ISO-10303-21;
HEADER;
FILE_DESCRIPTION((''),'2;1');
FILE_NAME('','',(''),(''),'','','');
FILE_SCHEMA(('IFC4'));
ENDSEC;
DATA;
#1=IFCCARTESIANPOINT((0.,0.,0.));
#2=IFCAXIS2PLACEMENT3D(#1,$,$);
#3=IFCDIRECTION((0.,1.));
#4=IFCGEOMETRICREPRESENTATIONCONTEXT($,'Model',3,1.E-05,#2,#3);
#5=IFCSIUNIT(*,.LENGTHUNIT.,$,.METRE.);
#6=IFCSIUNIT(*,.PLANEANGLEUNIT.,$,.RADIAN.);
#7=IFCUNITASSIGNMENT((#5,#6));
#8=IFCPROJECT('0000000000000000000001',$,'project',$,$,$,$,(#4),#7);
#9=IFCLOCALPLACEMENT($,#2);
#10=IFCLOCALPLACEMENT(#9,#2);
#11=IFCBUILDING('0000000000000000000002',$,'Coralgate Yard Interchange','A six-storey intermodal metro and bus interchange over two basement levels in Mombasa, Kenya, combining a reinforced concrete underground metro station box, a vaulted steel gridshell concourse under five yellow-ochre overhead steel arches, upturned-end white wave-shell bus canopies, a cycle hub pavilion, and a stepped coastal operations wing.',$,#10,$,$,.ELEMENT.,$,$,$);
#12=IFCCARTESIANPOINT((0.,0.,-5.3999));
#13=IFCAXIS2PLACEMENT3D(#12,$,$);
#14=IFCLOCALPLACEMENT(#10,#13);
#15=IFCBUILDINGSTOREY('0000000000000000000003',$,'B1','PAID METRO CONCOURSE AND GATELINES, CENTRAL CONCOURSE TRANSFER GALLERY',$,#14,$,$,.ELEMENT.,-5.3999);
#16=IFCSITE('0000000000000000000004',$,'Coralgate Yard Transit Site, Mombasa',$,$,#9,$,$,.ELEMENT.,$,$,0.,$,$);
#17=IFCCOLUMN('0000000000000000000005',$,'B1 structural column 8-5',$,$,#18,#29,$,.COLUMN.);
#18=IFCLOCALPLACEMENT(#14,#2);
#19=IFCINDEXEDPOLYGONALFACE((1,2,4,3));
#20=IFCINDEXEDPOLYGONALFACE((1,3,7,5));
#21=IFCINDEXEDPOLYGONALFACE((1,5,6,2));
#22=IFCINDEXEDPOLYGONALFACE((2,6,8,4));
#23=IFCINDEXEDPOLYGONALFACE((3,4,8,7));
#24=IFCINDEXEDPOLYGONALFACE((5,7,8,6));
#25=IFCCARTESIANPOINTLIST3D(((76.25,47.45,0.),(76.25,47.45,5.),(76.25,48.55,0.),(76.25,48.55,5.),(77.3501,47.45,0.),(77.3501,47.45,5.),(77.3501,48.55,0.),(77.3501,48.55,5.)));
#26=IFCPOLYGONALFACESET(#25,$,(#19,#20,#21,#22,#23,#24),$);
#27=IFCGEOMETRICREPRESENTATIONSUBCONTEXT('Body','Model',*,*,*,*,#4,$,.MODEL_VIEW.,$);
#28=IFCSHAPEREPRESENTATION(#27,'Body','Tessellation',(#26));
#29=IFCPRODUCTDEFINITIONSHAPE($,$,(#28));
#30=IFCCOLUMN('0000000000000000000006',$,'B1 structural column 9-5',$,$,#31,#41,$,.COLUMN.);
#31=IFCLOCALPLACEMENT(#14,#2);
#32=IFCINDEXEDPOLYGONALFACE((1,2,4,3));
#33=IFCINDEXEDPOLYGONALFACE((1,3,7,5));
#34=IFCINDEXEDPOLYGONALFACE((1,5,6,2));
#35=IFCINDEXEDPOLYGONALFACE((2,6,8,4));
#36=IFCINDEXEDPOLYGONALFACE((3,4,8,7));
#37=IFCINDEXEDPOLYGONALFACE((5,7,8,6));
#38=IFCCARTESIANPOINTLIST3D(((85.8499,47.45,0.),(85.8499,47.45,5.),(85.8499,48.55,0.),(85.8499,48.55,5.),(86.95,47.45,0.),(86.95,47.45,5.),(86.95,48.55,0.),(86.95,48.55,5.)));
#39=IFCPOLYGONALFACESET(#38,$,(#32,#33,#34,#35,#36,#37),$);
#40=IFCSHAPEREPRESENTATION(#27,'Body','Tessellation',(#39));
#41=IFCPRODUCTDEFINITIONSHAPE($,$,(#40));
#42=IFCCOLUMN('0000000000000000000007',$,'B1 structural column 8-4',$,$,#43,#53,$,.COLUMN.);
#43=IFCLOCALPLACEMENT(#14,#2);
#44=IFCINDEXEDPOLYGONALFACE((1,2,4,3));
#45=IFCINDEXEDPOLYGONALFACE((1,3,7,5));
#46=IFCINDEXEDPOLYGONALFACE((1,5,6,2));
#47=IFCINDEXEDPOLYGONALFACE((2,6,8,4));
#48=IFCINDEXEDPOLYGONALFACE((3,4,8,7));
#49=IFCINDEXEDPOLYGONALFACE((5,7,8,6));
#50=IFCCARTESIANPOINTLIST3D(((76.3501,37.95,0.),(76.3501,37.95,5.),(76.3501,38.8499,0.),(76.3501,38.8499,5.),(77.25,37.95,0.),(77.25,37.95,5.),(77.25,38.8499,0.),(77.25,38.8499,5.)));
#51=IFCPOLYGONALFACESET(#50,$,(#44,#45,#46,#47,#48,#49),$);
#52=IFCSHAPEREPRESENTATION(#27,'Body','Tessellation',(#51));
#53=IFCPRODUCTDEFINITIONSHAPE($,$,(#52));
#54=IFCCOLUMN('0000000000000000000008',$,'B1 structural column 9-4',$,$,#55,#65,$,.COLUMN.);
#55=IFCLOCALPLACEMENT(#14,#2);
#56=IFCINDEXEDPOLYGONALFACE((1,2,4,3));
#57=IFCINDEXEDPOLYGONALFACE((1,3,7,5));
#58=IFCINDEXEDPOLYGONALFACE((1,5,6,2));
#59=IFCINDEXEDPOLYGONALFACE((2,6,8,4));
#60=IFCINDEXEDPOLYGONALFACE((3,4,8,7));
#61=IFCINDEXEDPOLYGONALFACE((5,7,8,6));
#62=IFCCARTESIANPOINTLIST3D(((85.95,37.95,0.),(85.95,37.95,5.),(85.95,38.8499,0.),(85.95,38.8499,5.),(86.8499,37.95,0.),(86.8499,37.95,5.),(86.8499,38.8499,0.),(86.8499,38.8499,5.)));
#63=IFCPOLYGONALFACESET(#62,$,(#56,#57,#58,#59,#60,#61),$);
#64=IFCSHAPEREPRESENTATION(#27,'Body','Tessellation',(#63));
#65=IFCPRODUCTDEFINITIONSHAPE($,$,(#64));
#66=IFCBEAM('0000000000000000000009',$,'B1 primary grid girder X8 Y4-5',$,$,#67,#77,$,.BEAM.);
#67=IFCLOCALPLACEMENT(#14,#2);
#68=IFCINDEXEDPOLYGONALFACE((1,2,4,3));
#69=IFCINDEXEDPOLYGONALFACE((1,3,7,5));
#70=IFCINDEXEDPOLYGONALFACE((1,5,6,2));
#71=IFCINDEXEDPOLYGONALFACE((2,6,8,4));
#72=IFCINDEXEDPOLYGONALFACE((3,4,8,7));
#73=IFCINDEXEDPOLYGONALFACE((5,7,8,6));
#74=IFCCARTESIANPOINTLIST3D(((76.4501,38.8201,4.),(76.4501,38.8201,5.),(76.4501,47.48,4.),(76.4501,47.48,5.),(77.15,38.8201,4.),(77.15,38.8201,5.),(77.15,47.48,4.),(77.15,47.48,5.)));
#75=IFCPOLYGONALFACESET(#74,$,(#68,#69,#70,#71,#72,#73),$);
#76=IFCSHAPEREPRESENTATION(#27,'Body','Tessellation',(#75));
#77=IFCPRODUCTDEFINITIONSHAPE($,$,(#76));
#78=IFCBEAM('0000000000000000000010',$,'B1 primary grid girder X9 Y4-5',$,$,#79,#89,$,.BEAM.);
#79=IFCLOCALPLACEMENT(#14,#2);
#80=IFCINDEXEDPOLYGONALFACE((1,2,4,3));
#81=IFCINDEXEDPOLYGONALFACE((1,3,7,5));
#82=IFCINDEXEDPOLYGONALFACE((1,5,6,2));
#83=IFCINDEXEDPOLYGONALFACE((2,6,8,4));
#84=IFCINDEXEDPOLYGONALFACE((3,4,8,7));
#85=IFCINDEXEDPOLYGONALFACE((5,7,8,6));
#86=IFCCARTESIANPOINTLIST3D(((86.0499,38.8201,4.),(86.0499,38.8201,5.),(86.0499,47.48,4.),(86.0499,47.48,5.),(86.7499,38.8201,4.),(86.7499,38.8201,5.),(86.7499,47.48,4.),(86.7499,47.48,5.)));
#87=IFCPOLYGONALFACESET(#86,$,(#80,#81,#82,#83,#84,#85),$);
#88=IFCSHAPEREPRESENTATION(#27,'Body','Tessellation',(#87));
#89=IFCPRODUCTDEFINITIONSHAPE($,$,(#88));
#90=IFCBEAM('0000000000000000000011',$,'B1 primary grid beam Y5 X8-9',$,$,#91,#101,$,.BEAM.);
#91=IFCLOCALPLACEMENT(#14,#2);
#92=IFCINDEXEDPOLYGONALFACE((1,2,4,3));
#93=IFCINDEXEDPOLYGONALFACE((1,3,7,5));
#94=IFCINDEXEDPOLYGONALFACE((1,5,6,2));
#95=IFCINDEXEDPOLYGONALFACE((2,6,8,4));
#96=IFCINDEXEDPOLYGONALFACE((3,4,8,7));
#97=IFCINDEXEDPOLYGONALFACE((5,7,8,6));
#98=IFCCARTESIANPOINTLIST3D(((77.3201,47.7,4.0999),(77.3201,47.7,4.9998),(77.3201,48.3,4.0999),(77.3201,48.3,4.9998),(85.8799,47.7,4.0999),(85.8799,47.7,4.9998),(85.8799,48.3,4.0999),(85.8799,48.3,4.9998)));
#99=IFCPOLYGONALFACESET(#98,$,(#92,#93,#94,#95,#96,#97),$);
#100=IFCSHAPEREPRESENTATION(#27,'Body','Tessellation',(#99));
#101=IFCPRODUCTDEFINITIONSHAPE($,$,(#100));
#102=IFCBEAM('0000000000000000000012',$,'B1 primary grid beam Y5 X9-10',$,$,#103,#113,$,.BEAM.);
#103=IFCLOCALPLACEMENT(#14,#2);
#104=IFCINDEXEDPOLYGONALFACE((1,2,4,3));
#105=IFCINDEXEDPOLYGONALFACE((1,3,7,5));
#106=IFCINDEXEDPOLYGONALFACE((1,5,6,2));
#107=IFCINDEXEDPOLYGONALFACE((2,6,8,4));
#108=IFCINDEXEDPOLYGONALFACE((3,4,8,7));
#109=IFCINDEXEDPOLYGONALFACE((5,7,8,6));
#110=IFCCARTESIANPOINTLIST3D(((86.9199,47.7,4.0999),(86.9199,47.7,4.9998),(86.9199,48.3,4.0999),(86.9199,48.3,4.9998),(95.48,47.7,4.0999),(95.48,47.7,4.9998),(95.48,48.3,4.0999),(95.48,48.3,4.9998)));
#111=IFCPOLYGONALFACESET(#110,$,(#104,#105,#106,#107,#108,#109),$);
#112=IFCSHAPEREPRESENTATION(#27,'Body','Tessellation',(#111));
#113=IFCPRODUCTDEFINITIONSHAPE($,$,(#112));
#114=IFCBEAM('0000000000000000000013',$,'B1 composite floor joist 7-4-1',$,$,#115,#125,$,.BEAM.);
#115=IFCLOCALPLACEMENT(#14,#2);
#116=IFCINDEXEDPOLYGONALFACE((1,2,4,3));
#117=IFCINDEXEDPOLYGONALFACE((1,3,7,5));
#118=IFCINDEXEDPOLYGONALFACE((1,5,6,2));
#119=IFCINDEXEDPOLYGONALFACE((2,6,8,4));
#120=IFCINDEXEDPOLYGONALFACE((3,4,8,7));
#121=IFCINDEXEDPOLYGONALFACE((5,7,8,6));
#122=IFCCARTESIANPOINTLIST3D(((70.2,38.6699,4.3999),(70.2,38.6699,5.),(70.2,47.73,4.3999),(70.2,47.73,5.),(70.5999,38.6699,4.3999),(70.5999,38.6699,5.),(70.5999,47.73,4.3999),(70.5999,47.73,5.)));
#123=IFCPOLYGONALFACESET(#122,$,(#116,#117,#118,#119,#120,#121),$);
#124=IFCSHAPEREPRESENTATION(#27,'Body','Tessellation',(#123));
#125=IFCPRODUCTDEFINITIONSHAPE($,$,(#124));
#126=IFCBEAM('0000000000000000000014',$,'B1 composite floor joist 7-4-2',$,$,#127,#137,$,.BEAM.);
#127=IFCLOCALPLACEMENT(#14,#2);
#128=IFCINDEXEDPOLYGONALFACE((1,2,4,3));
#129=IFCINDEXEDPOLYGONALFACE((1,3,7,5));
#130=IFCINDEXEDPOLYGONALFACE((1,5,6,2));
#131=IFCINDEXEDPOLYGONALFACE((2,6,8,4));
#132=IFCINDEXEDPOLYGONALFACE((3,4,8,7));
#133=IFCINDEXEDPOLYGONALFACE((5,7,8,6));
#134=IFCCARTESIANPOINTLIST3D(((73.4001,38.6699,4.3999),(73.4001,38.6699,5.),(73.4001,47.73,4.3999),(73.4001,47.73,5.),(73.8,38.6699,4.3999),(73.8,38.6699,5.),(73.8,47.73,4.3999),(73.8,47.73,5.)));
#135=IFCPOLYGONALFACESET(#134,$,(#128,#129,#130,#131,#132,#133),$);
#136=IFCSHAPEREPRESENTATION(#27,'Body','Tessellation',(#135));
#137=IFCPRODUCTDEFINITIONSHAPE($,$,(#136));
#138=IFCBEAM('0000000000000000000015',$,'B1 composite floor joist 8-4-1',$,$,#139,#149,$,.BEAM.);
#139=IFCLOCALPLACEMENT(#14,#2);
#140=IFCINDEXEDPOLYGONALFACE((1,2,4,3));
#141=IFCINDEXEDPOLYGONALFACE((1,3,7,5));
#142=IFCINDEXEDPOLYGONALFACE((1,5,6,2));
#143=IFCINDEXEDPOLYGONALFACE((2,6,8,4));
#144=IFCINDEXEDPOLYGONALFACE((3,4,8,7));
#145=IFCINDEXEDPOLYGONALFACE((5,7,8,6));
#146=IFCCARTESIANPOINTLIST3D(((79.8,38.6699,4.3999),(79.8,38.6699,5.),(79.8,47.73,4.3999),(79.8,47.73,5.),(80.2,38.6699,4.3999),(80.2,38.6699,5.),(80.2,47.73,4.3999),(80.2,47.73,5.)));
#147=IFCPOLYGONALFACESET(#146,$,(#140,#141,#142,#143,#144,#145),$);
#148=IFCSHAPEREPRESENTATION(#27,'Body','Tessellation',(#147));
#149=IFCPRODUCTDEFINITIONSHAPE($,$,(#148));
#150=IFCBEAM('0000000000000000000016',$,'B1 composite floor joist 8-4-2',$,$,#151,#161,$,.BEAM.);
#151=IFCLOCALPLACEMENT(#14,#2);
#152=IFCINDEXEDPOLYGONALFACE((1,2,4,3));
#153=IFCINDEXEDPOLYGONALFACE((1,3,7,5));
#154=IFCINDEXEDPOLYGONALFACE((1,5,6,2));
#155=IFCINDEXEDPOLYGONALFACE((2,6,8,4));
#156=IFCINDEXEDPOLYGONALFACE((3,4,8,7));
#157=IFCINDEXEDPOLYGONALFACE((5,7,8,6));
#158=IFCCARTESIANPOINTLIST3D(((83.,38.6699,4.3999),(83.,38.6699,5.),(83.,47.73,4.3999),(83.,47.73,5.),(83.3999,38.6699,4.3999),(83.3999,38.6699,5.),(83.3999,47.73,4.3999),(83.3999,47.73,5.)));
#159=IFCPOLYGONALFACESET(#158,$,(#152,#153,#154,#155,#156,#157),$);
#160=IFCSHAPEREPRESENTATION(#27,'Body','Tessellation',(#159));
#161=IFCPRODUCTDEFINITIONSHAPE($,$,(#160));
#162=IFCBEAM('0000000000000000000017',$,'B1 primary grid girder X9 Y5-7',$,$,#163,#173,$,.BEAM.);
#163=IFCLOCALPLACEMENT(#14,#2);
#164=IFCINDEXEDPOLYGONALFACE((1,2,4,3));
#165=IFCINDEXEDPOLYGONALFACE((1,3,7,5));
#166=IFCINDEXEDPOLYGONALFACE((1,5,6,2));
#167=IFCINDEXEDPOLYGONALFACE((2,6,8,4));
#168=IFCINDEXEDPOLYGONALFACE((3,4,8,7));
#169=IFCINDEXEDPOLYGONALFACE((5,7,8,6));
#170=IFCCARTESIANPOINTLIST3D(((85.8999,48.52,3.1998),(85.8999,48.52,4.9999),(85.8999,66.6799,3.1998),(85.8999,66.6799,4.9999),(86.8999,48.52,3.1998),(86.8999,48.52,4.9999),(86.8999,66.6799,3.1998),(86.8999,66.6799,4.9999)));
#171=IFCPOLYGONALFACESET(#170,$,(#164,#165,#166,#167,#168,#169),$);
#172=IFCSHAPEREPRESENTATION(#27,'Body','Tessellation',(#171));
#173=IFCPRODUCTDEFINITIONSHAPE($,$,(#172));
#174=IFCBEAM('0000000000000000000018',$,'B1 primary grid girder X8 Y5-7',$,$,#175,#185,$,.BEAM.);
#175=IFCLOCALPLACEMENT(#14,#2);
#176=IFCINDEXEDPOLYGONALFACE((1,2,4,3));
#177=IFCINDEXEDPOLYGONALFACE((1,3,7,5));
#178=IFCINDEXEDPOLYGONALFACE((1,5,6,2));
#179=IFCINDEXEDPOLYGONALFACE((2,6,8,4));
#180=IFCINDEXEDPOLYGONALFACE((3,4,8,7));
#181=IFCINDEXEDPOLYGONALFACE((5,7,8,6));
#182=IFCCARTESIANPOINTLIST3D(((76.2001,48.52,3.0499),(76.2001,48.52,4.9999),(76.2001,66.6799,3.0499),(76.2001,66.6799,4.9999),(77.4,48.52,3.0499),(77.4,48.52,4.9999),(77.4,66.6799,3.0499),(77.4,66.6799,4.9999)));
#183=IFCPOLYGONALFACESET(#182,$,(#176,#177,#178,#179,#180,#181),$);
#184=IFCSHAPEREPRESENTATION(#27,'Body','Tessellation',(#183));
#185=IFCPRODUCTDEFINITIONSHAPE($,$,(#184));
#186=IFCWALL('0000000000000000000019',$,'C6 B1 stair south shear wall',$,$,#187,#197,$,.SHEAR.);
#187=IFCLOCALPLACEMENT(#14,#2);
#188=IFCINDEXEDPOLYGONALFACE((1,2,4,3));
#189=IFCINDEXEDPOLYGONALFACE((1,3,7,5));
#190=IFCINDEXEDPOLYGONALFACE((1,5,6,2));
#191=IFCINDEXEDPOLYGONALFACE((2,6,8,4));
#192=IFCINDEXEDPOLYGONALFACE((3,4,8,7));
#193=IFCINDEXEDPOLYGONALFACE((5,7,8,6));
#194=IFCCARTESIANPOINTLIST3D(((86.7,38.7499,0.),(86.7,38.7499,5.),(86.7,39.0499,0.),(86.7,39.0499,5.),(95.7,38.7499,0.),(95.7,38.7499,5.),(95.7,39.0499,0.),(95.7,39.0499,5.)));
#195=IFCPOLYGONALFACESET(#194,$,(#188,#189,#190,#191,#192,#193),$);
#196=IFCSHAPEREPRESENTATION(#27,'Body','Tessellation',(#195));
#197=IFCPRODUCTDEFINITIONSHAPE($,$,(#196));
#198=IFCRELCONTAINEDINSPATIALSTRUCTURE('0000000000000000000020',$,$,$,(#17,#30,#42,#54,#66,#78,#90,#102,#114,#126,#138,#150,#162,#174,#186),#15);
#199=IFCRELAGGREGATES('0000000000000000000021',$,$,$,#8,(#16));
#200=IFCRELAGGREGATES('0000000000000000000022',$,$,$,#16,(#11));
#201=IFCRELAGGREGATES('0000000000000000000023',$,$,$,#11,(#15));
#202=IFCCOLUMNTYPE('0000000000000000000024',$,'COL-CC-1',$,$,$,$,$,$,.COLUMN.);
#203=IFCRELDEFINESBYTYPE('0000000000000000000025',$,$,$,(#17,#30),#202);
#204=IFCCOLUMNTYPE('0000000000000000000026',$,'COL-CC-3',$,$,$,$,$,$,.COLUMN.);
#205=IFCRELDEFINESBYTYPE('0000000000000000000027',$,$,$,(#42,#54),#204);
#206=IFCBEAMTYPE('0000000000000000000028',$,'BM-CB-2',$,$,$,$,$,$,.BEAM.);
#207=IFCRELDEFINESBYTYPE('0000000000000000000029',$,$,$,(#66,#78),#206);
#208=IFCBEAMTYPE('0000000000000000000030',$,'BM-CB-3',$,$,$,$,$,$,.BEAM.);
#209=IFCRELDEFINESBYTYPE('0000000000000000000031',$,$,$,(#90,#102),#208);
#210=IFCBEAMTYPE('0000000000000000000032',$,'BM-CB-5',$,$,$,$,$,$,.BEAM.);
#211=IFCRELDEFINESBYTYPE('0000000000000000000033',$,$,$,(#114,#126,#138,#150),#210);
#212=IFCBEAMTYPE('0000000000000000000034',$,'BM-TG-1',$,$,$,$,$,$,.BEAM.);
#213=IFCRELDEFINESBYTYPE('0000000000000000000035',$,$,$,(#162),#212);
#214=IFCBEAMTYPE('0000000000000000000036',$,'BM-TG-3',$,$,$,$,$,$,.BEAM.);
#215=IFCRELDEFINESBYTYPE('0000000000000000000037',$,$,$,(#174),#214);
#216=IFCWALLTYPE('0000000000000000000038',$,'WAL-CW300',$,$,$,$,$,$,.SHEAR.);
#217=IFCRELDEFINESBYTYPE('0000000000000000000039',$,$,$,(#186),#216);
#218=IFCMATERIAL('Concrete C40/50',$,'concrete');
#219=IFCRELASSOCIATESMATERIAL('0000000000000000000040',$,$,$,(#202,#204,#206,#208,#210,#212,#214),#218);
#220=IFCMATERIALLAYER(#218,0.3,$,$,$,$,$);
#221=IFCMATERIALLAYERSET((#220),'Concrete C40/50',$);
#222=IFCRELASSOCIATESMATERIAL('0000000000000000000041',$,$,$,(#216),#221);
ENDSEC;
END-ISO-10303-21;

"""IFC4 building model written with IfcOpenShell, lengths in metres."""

from ifc_helpers import new_model, si_unit, direction, frame, frame_2d, origin, origin_2d, place, context, subcontext, project, spatial, rectangle, extrude, material, layer, layer_set, material_profile, profile_set, type_object, element, save


model = new_model("IFC4")

# Units and contexts
model_context = context("Model", 3, precision=1e-05, world=origin(), true_north=direction((0.0, 1.0)))
body_context = subcontext(model_context, "Body", "Model", "MODEL_VIEW")
ifc_project = project(units=[si_unit("LENGTHUNIT", "METRE"), si_unit("PLANEANGLEUNIT", "RADIAN")], contexts=[model_context])

# Site, building, storey
site_placement = place(None, origin())
site = spatial("IfcSite", under=ifc_project, at=site_placement, Name="Coralgate Yard Transit Site, Mombasa", CompositionType="ELEMENT", RefElevation=0.0)
building_placement = place(site_placement, origin())
building = spatial("IfcBuilding", under=site, at=building_placement, Name="Coralgate Yard Interchange", Description="A six-storey intermodal metro and bus interchange over two basement levels in Mombasa, Kenya, combining a reinforced concrete underground metro station box, a vaulted steel gridshell concourse under five yellow-ochre overhead steel arches, upturned-end white wave-shell bus canopies, a cycle hub pavilion, and a stepped coastal operations wing.", CompositionType="ELEMENT")
storey_placement = place(building_placement, frame((0.0, 0.0, -5.3999)))
storey = spatial("IfcBuildingStorey", under=building, at=storey_placement, Name="B1", Description="PAID METRO CONCOURSE AND GATELINES, CENTRAL CONCOURSE TRANSFER GALLERY", CompositionType="ELEMENT", Elevation=-5.3999)

# Columns
ifc_material_1 = material(Name="Concrete C40/50", Category="concrete")
ifc_material_profile_1 = material_profile(ifc_material_1, rectangle(XDim=1.1001, YDim=1.1001, at=origin_2d()), Name="RC 1100x1100")
ifc_profile_set_1 = profile_set([ifc_material_profile_1], Name="Concrete C40/50")
column_type_1 = type_object("IfcColumnType", Name="COL-CC-1", PredefinedType="COLUMN", material=ifc_profile_set_1)
for number, where, z_axis, x_axis, name in (
    (1, (76.8, 48.0, 0.0), (0.0, 0.0, 1.0), (1.0, 0.0, 0.0), "B1 structural column 8-5"),
    (2, (86.3999, 48.0, 0.0), (0.0, 0.0, 1.0), (1.0, 0.0, 0.0), "B1 structural column 9-5"),
):
    element("IfcColumn", number, at=place(storey_placement, frame(where, z_axis=z_axis, x_axis=x_axis)), inside=storey, type_object=column_type_1, Name=name, PredefinedType="COLUMN", context=body_context, shape_type="SweptSolid", body=[
        extrude(rectangle(XDim=1.1001, YDim=1.1001, at=origin_2d()), origin(), (0.0, 0.0, 1.0), 5.0),
    ])
ifc_material_profile_2 = material_profile(ifc_material_1, rectangle(XDim=0.8999, YDim=0.8999, at=origin_2d()), Name="RC 900x900")
ifc_profile_set_2 = profile_set([ifc_material_profile_2], Name="Concrete C40/50")
column_type_2 = type_object("IfcColumnType", Name="COL-CC-3", PredefinedType="COLUMN", material=ifc_profile_set_2)
for number, where, z_axis, x_axis, name in (
    (3, (76.8, 38.3999, 0.0), (0.0, 0.0, 1.0), (1.0, 0.0, 0.0), "B1 structural column 8-4"),
    (4, (86.3999, 38.3999, 0.0), (0.0, 0.0, 1.0), (1.0, 0.0, 0.0), "B1 structural column 9-4"),
):
    element("IfcColumn", number, at=place(storey_placement, frame(where, z_axis=z_axis, x_axis=x_axis)), inside=storey, type_object=column_type_2, Name=name, PredefinedType="COLUMN", context=body_context, shape_type="SweptSolid", body=[
        extrude(rectangle(XDim=0.8999, YDim=0.8999, at=origin_2d()), origin(), (0.0, 0.0, 1.0), 5.0),
    ])

# Beams
ifc_material_profile_3 = material_profile(ifc_material_1, rectangle(XDim=0.7, YDim=1.0, at=origin_2d()), Name="RC 700x1000")
ifc_profile_set_3 = profile_set([ifc_material_profile_3], Name="Concrete C40/50")
beam_type_1 = type_object("IfcBeamType", Name="BM-CB-2", PredefinedType="BEAM", material=ifc_profile_set_3)
for number, where, z_axis, x_axis, name in (
    (5, (76.8, 38.8201, 4.5), (0.0, 1.0, 0.0), (-1.0, 0.0, 0.0), "B1 primary grid girder X8 Y4-5"),
    (6, (86.3999, 38.8201, 4.5), (0.0, 1.0, 0.0), (-1.0, 0.0, 0.0), "B1 primary grid girder X9 Y4-5"),
):
    element("IfcBeam", number, at=place(storey_placement, frame(where, z_axis=z_axis, x_axis=x_axis)), inside=storey, type_object=beam_type_1, Name=name, PredefinedType="BEAM", context=body_context, shape_type="SweptSolid", body=[
        extrude(rectangle(XDim=0.7, YDim=1.0, at=origin_2d()), origin(), (0.0, 0.0, 1.0), 8.6599),
    ])
ifc_material_profile_4 = material_profile(ifc_material_1, rectangle(XDim=0.6001, YDim=0.8999, at=origin_2d()), Name="RC 600x900")
ifc_profile_set_4 = profile_set([ifc_material_profile_4], Name="Concrete C40/50")
beam_type_2 = type_object("IfcBeamType", Name="BM-CB-3", PredefinedType="BEAM", material=ifc_profile_set_4)
beam_1_placement = place(storey_placement, frame((77.3201, 48.0, 4.5498), z_axis=(1.0, 0.0, 0.0), x_axis=(0.0, 1.0, 0.0)))
element("IfcBeam", 7, at=beam_1_placement, inside=storey, type_object=beam_type_2, Name="B1 primary grid beam Y5 X8-9", PredefinedType="BEAM", context=body_context, shape_type="SweptSolid", body=[
    extrude(rectangle(XDim=0.6001, YDim=0.8999, at=origin_2d()), origin(), (0.0, 0.0, 1.0), 8.5598),
])
beam_2_placement = place(storey_placement, frame((86.9199, 48.0, 4.5498), z_axis=(1.0, 0.0, 0.0), x_axis=(0.0, 1.0, 0.0)))
element("IfcBeam", 8, at=beam_2_placement, inside=storey, type_object=beam_type_2, Name="B1 primary grid beam Y5 X9-10", PredefinedType="BEAM", context=body_context, shape_type="SweptSolid", body=[
    extrude(rectangle(XDim=0.6001, YDim=0.8999, at=origin_2d()), origin(), (0.0, 0.0, 1.0), 8.5601),
])
ifc_material_profile_5 = material_profile(ifc_material_1, rectangle(XDim=0.3999, YDim=0.6001, at=origin_2d()), Name="RC 400x600")
ifc_profile_set_5 = profile_set([ifc_material_profile_5], Name="Concrete C40/50")
beam_type_3 = type_object("IfcBeamType", Name="BM-CB-5", PredefinedType="BEAM", material=ifc_profile_set_5)
for number, where, z_axis, x_axis, name in (
    (9, (70.3999, 38.6699, 4.7), (0.0, 1.0, 0.0), (-1.0, 0.0, 0.0), "B1 composite floor joist 7-4-1"),
    (10, (73.6001, 38.6699, 4.7), (0.0, 1.0, 0.0), (-1.0, 0.0, 0.0), "B1 composite floor joist 7-4-2"),
    (11, (80.0, 38.6699, 4.7), (0.0, 1.0, 0.0), (-1.0, 0.0, 0.0), "B1 composite floor joist 8-4-1"),
    (12, (83.2, 38.6699, 4.7), (0.0, 1.0, 0.0), (-1.0, 0.0, 0.0), "B1 composite floor joist 8-4-2"),
):
    element("IfcBeam", number, at=place(storey_placement, frame(where, z_axis=z_axis, x_axis=x_axis)), inside=storey, type_object=beam_type_3, Name=name, PredefinedType="BEAM", context=body_context, shape_type="SweptSolid", body=[
        extrude(rectangle(XDim=0.3999, YDim=0.6001, at=origin_2d()), origin(), (0.0, 0.0, 1.0), 9.0601),
    ])
ifc_material_profile_6 = material_profile(ifc_material_1, rectangle(XDim=1.0, YDim=1.8, at=origin_2d()), Name="RC 1000x1800")
ifc_profile_set_6 = profile_set([ifc_material_profile_6], Name="Concrete C40/50")
beam_type_4 = type_object("IfcBeamType", Name="BM-TG-1", PredefinedType="BEAM", material=ifc_profile_set_6)
beam_3_placement = place(storey_placement, frame((86.3999, 48.52, 4.0999), z_axis=(0.0, 1.0, 0.0), x_axis=(-1.0, 0.0, 0.0)))
element("IfcBeam", 13, at=beam_3_placement, inside=storey, type_object=beam_type_4, Name="B1 primary grid girder X9 Y5-7", PredefinedType="BEAM", context=body_context, shape_type="SweptSolid", body=[
    extrude(rectangle(XDim=1.0, YDim=1.8, at=origin_2d()), origin(), (0.0, 0.0, 1.0), 18.1599),
])
ifc_material_profile_7 = material_profile(ifc_material_1, rectangle(XDim=1.2, YDim=1.95, at=origin_2d()), Name="RC 1200x1950")
ifc_profile_set_7 = profile_set([ifc_material_profile_7], Name="Concrete C40/50")
beam_type_5 = type_object("IfcBeamType", Name="BM-TG-3", PredefinedType="BEAM", material=ifc_profile_set_7)
beam_4_placement = place(storey_placement, frame((76.8, 48.52, 4.0249), z_axis=(0.0, 1.0, 0.0), x_axis=(-1.0, 0.0, 0.0)))
element("IfcBeam", 14, at=beam_4_placement, inside=storey, type_object=beam_type_5, Name="B1 primary grid girder X8 Y5-7", PredefinedType="BEAM", context=body_context, shape_type="SweptSolid", body=[
    extrude(rectangle(XDim=1.2, YDim=1.95, at=origin_2d()), origin(), (0.0, 0.0, 1.0), 18.1599),
])

# Wall
ifc_layer_1 = layer(ifc_material_1, 0.3)
ifc_layer_set_1 = layer_set([ifc_layer_1], Name="Concrete C40/50")
wall_type_1 = type_object("IfcWallType", Name="WAL-CW300", PredefinedType="SHEAR", material=ifc_layer_set_1)
wall_1_placement = place(storey_placement, frame((86.7, 38.8999, 0.0), z_axis=(0.0, 0.0, 1.0), x_axis=(1.0, 0.0, 0.0)))
element("IfcWall", 15, at=wall_1_placement, inside=storey, type_object=wall_type_1, Name="C6 B1 stair south shear wall", PredefinedType="SHEAR", context=body_context, shape_type="SweptSolid", body=[
    extrude(rectangle(XDim=9.0, YDim=0.3, at=frame_2d((4.5, 0.0))), origin(), (0.0, 0.0, 1.0), 5.0),
])

save(model, "model.ifc")
